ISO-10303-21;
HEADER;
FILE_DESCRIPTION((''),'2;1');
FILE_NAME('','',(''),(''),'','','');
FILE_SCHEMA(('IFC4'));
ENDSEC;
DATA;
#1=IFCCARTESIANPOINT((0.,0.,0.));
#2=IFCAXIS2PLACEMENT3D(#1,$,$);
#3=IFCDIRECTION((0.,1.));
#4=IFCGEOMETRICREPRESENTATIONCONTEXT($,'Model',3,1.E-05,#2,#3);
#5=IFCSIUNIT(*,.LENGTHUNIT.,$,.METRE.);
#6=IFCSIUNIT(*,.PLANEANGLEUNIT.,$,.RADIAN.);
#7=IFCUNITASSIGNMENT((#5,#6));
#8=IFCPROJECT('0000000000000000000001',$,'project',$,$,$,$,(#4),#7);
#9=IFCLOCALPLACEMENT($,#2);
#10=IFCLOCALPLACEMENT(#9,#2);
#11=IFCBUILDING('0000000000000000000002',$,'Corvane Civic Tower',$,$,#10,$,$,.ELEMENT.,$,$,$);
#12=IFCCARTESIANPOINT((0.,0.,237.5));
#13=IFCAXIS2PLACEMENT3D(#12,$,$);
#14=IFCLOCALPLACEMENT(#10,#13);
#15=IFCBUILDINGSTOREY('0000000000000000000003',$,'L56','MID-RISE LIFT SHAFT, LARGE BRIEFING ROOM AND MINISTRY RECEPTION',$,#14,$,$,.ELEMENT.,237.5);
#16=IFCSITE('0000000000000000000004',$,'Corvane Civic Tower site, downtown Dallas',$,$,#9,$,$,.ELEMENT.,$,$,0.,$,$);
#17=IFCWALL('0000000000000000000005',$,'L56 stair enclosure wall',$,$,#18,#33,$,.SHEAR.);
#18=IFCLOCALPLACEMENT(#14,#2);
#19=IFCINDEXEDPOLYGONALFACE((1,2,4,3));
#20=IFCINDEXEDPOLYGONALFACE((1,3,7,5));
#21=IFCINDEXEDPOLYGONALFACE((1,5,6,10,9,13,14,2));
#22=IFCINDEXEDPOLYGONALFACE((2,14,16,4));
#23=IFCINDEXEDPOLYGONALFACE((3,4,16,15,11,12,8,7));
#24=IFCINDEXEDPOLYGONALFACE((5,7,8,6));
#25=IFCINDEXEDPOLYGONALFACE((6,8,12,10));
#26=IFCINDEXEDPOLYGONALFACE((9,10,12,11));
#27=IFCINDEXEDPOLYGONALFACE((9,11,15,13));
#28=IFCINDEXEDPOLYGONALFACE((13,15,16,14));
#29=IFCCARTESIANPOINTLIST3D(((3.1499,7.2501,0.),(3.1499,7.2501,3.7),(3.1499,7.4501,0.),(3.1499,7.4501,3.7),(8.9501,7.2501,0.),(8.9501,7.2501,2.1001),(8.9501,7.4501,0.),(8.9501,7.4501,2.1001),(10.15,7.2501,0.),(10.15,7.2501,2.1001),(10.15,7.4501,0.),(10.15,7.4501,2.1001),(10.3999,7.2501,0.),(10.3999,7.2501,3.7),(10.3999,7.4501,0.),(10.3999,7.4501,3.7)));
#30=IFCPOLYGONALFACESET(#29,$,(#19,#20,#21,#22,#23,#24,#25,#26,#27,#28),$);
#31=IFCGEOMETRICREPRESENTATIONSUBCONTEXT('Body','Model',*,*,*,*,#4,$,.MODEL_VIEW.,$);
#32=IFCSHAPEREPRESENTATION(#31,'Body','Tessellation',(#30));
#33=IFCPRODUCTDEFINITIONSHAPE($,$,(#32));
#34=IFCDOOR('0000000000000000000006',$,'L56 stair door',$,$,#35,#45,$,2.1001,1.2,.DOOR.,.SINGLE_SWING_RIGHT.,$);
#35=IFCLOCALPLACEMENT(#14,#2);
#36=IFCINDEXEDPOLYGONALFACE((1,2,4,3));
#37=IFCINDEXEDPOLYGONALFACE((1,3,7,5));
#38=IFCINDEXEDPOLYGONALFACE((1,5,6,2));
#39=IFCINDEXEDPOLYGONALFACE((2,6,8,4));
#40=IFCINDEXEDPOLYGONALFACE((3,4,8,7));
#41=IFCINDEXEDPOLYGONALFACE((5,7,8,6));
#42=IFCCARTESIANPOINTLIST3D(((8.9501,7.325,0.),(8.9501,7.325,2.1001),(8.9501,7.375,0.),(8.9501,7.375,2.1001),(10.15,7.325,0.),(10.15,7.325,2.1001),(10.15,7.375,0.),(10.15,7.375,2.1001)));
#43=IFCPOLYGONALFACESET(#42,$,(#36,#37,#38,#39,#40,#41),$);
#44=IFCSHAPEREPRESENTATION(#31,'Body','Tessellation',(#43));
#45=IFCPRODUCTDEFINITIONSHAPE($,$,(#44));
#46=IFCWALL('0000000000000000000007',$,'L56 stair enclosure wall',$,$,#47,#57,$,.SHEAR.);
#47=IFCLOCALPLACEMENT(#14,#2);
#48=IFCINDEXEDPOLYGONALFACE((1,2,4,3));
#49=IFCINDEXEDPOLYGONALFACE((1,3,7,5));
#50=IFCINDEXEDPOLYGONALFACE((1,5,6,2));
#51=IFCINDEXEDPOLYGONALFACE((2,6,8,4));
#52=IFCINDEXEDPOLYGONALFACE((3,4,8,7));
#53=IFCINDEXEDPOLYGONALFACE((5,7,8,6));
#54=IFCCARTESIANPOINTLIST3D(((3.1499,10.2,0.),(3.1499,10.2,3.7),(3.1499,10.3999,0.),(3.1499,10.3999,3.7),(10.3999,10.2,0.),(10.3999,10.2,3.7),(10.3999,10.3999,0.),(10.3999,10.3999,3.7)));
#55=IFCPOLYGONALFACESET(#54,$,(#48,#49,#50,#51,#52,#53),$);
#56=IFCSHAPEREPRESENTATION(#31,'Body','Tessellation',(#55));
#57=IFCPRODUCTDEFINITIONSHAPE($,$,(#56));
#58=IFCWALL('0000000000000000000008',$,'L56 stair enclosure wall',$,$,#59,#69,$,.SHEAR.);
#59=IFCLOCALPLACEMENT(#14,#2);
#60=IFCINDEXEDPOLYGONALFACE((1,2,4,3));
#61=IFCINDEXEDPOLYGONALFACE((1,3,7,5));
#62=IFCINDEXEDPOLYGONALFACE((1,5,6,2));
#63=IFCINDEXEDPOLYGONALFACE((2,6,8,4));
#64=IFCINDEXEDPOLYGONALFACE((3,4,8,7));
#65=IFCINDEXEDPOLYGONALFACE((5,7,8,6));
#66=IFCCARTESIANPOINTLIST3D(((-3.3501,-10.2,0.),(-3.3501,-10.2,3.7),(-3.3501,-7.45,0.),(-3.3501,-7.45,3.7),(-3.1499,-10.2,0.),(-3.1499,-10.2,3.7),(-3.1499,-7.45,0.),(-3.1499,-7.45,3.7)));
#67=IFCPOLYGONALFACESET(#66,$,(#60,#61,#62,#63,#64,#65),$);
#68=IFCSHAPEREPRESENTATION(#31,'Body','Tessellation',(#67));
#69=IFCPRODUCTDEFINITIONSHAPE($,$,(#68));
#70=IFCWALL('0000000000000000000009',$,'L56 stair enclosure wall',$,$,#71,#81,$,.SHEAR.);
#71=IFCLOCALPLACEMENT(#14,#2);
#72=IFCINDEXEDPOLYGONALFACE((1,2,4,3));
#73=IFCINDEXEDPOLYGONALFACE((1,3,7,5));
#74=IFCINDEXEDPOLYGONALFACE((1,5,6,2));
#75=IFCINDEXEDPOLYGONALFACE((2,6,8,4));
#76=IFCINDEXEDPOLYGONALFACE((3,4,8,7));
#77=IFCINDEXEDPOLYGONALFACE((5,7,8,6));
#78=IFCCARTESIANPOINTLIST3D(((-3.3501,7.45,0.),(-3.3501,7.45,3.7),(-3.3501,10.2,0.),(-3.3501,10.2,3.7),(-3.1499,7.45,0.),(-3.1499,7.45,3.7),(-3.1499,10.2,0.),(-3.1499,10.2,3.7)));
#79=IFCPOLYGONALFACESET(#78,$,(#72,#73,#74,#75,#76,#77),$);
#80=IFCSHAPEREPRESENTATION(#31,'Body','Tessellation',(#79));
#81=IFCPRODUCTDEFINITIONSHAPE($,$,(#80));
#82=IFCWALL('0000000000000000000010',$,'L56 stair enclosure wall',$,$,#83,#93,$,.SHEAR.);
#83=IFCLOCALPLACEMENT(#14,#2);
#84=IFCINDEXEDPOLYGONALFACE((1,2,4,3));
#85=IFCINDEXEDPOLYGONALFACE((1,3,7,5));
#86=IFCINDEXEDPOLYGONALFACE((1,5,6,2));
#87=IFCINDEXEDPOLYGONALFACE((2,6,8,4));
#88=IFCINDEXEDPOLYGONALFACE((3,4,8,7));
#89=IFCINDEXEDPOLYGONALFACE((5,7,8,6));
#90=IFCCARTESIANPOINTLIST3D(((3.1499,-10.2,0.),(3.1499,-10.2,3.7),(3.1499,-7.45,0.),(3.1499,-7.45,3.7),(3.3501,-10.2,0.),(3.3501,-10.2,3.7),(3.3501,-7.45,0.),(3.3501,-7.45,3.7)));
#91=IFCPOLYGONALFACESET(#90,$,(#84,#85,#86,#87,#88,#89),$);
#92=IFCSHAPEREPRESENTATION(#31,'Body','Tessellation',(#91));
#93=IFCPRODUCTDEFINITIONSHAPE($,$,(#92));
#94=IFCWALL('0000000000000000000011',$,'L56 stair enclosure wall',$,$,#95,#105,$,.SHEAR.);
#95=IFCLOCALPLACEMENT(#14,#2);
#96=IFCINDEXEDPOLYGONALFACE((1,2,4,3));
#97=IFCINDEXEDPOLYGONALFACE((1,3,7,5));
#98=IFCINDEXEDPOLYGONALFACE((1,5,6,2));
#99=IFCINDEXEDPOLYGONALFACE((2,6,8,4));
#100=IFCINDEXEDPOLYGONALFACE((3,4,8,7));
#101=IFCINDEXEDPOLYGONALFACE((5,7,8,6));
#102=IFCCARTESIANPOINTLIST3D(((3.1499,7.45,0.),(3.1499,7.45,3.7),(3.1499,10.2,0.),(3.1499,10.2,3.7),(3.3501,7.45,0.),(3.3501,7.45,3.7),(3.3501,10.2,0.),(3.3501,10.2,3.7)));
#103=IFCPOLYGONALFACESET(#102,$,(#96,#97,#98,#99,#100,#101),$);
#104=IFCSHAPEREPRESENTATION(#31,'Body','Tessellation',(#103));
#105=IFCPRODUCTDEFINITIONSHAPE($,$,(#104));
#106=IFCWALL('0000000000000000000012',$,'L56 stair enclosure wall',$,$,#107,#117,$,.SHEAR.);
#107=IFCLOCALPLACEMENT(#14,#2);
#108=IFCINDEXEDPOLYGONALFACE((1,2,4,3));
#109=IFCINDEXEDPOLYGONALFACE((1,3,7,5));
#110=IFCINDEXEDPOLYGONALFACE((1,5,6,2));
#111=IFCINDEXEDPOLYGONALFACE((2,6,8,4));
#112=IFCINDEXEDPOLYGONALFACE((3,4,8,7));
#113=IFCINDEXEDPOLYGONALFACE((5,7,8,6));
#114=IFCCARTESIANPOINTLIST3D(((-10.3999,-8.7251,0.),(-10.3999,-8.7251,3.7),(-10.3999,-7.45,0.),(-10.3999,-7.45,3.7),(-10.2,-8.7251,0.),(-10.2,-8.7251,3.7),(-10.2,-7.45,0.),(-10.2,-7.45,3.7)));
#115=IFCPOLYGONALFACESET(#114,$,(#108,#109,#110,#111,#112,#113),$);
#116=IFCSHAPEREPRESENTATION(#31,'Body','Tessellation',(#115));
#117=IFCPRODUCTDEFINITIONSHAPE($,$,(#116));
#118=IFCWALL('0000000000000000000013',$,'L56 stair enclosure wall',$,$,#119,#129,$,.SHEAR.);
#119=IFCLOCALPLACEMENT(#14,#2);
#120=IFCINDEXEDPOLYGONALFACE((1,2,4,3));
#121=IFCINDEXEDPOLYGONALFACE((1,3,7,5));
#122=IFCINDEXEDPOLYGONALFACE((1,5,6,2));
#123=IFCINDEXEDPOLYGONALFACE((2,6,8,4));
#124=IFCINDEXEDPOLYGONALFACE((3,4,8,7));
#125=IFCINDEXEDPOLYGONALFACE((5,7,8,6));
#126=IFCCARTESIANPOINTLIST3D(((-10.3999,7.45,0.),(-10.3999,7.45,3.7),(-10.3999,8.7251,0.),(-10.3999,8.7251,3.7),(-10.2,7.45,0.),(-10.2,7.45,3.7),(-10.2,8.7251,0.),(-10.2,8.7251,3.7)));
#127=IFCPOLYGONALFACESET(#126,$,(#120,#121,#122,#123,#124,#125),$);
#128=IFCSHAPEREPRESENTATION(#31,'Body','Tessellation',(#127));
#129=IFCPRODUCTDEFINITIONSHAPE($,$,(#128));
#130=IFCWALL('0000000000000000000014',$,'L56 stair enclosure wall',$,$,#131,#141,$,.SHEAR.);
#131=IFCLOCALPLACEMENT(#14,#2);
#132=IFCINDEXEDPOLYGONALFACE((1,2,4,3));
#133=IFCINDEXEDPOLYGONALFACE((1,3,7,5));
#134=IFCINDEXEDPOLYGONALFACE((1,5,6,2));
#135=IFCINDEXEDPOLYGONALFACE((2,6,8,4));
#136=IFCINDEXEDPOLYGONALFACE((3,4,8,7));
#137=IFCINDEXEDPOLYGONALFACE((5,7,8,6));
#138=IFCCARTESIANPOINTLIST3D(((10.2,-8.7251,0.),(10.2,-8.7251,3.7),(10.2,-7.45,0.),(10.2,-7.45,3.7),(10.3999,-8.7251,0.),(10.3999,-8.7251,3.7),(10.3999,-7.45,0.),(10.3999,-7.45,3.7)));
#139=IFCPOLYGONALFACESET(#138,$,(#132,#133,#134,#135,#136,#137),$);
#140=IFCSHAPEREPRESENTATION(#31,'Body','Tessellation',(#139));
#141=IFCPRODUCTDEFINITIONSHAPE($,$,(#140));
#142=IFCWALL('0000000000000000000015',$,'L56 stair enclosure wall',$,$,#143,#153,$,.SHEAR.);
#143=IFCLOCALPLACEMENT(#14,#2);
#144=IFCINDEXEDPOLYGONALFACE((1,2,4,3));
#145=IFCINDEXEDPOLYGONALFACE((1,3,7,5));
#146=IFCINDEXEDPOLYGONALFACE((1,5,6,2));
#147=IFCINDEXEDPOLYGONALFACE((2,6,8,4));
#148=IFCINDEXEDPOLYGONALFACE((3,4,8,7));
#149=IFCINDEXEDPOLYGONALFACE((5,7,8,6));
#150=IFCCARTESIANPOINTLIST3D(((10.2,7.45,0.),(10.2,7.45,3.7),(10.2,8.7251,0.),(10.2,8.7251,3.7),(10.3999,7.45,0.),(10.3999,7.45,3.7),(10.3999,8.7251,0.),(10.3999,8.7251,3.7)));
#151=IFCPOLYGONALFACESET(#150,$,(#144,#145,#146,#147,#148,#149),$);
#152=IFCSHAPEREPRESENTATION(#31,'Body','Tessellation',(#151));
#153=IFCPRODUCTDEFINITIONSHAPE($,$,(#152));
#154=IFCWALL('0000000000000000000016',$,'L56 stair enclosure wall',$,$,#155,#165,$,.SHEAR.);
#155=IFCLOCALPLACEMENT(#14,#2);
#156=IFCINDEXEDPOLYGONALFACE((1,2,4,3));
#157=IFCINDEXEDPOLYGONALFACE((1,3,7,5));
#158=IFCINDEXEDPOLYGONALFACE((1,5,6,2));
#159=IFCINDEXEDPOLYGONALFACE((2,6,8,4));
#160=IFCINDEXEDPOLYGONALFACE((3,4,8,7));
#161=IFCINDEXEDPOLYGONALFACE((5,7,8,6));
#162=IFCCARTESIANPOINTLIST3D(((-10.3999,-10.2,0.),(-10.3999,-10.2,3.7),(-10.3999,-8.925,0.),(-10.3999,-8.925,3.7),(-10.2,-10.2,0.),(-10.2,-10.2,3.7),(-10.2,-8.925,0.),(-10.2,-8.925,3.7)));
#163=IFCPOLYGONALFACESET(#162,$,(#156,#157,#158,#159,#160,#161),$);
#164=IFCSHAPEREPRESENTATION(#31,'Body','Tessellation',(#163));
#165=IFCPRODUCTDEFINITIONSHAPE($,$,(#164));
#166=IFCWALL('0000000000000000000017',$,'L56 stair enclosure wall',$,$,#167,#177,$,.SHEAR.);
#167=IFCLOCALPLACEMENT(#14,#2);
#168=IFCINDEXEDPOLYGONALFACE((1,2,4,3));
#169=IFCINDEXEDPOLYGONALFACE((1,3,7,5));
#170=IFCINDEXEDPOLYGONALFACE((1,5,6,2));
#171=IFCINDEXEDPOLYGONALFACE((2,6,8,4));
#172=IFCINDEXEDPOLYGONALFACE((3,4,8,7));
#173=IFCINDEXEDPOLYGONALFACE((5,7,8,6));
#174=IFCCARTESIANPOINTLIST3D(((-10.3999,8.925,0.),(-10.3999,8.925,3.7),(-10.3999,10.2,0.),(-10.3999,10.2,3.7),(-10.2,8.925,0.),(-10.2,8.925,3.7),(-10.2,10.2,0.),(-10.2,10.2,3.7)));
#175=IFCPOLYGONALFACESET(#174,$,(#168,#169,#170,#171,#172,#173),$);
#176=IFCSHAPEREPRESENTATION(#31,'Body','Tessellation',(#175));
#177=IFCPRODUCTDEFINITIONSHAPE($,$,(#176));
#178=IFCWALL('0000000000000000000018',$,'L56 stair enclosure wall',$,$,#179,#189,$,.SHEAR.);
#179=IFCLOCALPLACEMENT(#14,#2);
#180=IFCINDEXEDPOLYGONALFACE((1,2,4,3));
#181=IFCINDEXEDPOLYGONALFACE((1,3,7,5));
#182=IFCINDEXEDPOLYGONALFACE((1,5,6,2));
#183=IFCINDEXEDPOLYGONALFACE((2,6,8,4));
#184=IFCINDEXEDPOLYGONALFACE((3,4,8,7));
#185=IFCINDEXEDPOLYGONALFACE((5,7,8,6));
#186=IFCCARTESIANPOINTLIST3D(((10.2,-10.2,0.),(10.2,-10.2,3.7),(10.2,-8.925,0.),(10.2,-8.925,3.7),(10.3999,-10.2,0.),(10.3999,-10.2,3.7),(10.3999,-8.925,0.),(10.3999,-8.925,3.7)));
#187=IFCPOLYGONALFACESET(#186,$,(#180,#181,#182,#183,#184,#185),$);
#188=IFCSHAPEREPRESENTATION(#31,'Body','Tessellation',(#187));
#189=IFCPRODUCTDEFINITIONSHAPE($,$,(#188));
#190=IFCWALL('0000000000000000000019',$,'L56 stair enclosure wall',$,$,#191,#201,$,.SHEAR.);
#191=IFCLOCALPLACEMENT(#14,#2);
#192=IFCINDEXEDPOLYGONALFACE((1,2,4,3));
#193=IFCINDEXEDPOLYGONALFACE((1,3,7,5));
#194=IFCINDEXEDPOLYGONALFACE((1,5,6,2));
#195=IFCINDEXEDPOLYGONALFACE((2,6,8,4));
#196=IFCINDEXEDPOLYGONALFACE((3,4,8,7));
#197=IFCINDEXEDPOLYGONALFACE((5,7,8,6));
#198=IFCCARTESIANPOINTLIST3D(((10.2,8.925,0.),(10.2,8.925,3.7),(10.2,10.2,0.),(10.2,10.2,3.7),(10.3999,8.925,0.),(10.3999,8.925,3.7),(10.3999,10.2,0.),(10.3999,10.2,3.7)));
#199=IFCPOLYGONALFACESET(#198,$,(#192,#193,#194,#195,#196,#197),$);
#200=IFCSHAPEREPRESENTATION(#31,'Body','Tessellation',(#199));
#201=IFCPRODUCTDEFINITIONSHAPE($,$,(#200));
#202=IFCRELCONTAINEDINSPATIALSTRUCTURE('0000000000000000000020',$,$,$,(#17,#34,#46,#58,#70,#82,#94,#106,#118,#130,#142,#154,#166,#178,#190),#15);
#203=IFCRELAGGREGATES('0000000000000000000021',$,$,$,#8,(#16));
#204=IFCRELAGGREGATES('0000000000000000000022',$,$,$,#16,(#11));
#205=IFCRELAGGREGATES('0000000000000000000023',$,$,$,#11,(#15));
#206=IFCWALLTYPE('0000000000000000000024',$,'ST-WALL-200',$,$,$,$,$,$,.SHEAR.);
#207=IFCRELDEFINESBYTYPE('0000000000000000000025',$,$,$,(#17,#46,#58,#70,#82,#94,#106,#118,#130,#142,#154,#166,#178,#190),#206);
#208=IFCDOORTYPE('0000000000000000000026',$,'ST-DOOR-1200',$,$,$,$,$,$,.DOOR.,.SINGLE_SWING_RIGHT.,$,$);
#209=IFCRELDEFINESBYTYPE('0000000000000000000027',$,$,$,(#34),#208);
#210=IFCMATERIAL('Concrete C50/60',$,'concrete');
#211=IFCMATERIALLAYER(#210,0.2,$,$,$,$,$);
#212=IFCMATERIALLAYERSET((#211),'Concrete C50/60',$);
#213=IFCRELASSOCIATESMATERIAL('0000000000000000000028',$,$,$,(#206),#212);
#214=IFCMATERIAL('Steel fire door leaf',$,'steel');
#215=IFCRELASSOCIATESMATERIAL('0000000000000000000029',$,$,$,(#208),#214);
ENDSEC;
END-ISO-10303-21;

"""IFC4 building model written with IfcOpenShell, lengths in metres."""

from ifc_helpers import new_model, si_unit, direction, frame, frame_2d, origin, place, context, subcontext, project, spatial, polyline, rectangle, outline, extrude, material, layer, layer_set, type_object, element, fill, save


model = new_model("IFC4")

# Units and contexts
model_context = context("Model", 3, precision=1e-05, world=origin(), true_north=direction((0.0, 1.0)))
body_context = subcontext(model_context, "Body", "Model", "MODEL_VIEW")
ifc_project = project(units=[si_unit("LENGTHUNIT", "METRE"), si_unit("PLANEANGLEUNIT", "RADIAN")], contexts=[model_context])

# Site, building, storey
site_placement = place(None, origin())
site = spatial("IfcSite", under=ifc_project, at=site_placement, Name="Corvane Civic Tower site, downtown Dallas", CompositionType="ELEMENT", RefElevation=0.0)
building_placement = place(site_placement, origin())
building = spatial("IfcBuilding", under=site, at=building_placement, Name="Corvane Civic Tower", CompositionType="ELEMENT")
storey_placement = place(building_placement, frame((0.0, 0.0, 237.5)))
storey = spatial("IfcBuildingStorey", under=building, at=storey_placement, Name="L56", Description="MID-RISE LIFT SHAFT, LARGE BRIEFING ROOM AND MINISTRY RECEPTION", CompositionType="ELEMENT", Elevation=237.5)

# Wall, opening, door
ifc_material_1 = material(Name="Concrete C50/60", Category="concrete")
ifc_layer = layer(ifc_material_1, 0.2)
ifc_layer_set = layer_set([ifc_layer], Name="Concrete C50/60")
wall_type = type_object("IfcWallType", Name="ST-WALL-200", PredefinedType="SHEAR", material=ifc_layer_set)
wall_1_placement = place(storey_placement, frame((3.1499, 7.3501, 0.0), z_axis=(0.0, 0.0, 1.0), x_axis=(1.0, 0.0, 0.0)))
wall_1 = element("IfcWall", 1, at=wall_1_placement, inside=storey, type_object=wall_type, Name="L56 stair enclosure wall", PredefinedType="SHEAR", context=body_context, shape_type="SweptSolid", body=[
    extrude(rectangle(XDim=7.25, YDim=0.2, at=frame_2d((3.625, 0.0))), origin(), (0.0, 0.0, 1.0), 3.7),
])
opening_placement = place(wall_1_placement, frame((5.8, 0.0, 0.0)))
opening = element("IfcOpeningElement", 2, at=opening_placement, cuts=wall_1, PredefinedType="OPENING", context=body_context, shape_type="SweptSolid", body=[
    extrude(rectangle(XDim=1.2, YDim=2.1001, at=frame_2d((0.6001, 1.05))), frame((0.0, 0.1099, 0.0), z_axis=(0.0, -1.0, 0.0), x_axis=(1.0, 0.0, 0.0)), (0.0, 0.0, 1.0), 0.22),
])
ifc_material_2 = material(Name="Steel fire door leaf", Category="steel")
door_type = type_object("IfcDoorType", Name="ST-DOOR-1200", OperationType="SINGLE_SWING_RIGHT", PredefinedType="DOOR", material=ifc_material_2)
door_placement = place(opening_placement, origin())
door = element("IfcDoor", 3, at=door_placement, inside=storey, type_object=door_type, Name="L56 stair door", OperationType="SINGLE_SWING_RIGHT", OverallHeight=2.1001, OverallWidth=1.2, PredefinedType="DOOR", context=body_context, shape_type="SweptSolid", body=[
    extrude(rectangle(XDim=1.2, YDim=2.1001, at=frame_2d((0.6001, 1.05))), frame((0.0, 0.0249, 0.0), z_axis=(0.0, -1.0, 0.0), x_axis=(1.0, 0.0, 0.0)), (0.0, 0.0, 1.0), 0.05),
])
fill(opening, door)

# Walls
wall_2_placement = place(storey_placement, origin())
element("IfcWall", 4, at=wall_2_placement, inside=storey, type_object=wall_type, Name="L56 stair enclosure wall", PredefinedType="SHEAR", context=body_context, shape_type="SweptSolid", body=[
    extrude(outline(polyline([(10.3999, 10.2), (3.1499, 10.2), (3.1499, 10.3999), (10.3999, 10.3999), (10.3999, 10.2)])), origin(), (0.0, 0.0, 1.0), 3.7),
])
wall_3_placement = place(storey_placement, origin())
element("IfcWall", 5, at=wall_3_placement, inside=storey, type_object=wall_type, Name="L56 stair enclosure wall", PredefinedType="SHEAR", context=body_context, shape_type="SweptSolid", body=[
    extrude(outline(polyline([(-3.1499, -7.45), (-3.1499, -10.2), (-3.3501, -10.2), (-3.3501, -7.45), (-3.1499, -7.45)])), origin(), (0.0, 0.0, 1.0), 3.7),
])
wall_4_placement = place(storey_placement, origin())
element("IfcWall", 6, at=wall_4_placement, inside=storey, type_object=wall_type, Name="L56 stair enclosure wall", PredefinedType="SHEAR", context=body_context, shape_type="SweptSolid", body=[
    extrude(outline(polyline([(-3.1499, 7.45), (-3.3501, 7.45), (-3.3501, 10.2), (-3.1499, 10.2), (-3.1499, 7.45)])), origin(), (0.0, 0.0, 1.0), 3.7),
])
wall_5_placement = place(storey_placement, origin())
element("IfcWall", 7, at=wall_5_placement, inside=storey, type_object=wall_type, Name="L56 stair enclosure wall", PredefinedType="SHEAR", context=body_context, shape_type="SweptSolid", body=[
    extrude(outline(polyline([(3.3501, -7.45), (3.3501, -10.2), (3.1499, -10.2), (3.1499, -7.45), (3.3501, -7.45)])), origin(), (0.0, 0.0, 1.0), 3.7),
])
wall_6_placement = place(storey_placement, origin())
element("IfcWall", 8, at=wall_6_placement, inside=storey, type_object=wall_type, Name="L56 stair enclosure wall", PredefinedType="SHEAR", context=body_context, shape_type="SweptSolid", body=[
    extrude(outline(polyline([(3.3501, 7.45), (3.1499, 7.45), (3.1499, 10.2), (3.3501, 10.2), (3.3501, 7.45)])), origin(), (0.0, 0.0, 1.0), 3.7),
])
wall_7_placement = place(storey_placement, origin())
element("IfcWall", 9, at=wall_7_placement, inside=storey, type_object=wall_type, Name="L56 stair enclosure wall", PredefinedType="SHEAR", context=body_context, shape_type="SweptSolid", body=[
    extrude(outline(polyline([(-10.2, -7.45), (-10.2, -8.7251), (-10.3999, -8.7251), (-10.3999, -7.45), (-10.2, -7.45)])), origin(), (0.0, 0.0, 1.0), 3.7),
])
wall_8_placement = place(storey_placement, origin())
element("IfcWall", 10, at=wall_8_placement, inside=storey, type_object=wall_type, Name="L56 stair enclosure wall", PredefinedType="SHEAR", context=body_context, shape_type="SweptSolid", body=[
    extrude(outline(polyline([(-10.2, 8.7251), (-10.2, 7.45), (-10.3999, 7.45), (-10.3999, 8.7251), (-10.2, 8.7251)])), origin(), (0.0, 0.0, 1.0), 3.7),
])
wall_9_placement = place(storey_placement, origin())
element("IfcWall", 11, at=wall_9_placement, inside=storey, type_object=wall_type, Name="L56 stair enclosure wall", PredefinedType="SHEAR", context=body_context, shape_type="SweptSolid", body=[
    extrude(outline(polyline([(10.3999, -7.45), (10.3999, -8.7251), (10.2, -8.7251), (10.2, -7.45), (10.3999, -7.45)])), origin(), (0.0, 0.0, 1.0), 3.7),
])
wall_10_placement = place(storey_placement, origin())
element("IfcWall", 12, at=wall_10_placement, inside=storey, type_object=wall_type, Name="L56 stair enclosure wall", PredefinedType="SHEAR", context=body_context, shape_type="SweptSolid", body=[
    extrude(outline(polyline([(10.3999, 8.7251), (10.3999, 7.45), (10.2, 7.45), (10.2, 8.7251), (10.3999, 8.7251)])), origin(), (0.0, 0.0, 1.0), 3.7),
])
wall_11_placement = place(storey_placement, origin())
element("IfcWall", 13, at=wall_11_placement, inside=storey, type_object=wall_type, Name="L56 stair enclosure wall", PredefinedType="SHEAR", context=body_context, shape_type="SweptSolid", body=[
    extrude(outline(polyline([(-10.2, -8.925), (-10.2, -10.2), (-10.3999, -10.2), (-10.3999, -8.925), (-10.2, -8.925)])), origin(), (0.0, 0.0, 1.0), 3.7),
])
wall_12_placement = place(storey_placement, origin())
element("IfcWall", 14, at=wall_12_placement, inside=storey, type_object=wall_type, Name="L56 stair enclosure wall", PredefinedType="SHEAR", context=body_context, shape_type="SweptSolid", body=[
    extrude(outline(polyline([(-10.2, 8.925), (-10.3999, 8.925), (-10.3999, 10.2), (-10.2, 10.2), (-10.2, 8.925)])), origin(), (0.0, 0.0, 1.0), 3.7),
])
wall_13_placement = place(storey_placement, origin())
element("IfcWall", 15, at=wall_13_placement, inside=storey, type_object=wall_type, Name="L56 stair enclosure wall", PredefinedType="SHEAR", context=body_context, shape_type="SweptSolid", body=[
    extrude(outline(polyline([(10.3999, -8.925), (10.3999, -10.2), (10.2, -10.2), (10.2, -8.925), (10.3999, -8.925)])), origin(), (0.0, 0.0, 1.0), 3.7),
])
wall_14_placement = place(storey_placement, origin())
element("IfcWall", 16, at=wall_14_placement, inside=storey, type_object=wall_type, Name="L56 stair enclosure wall", PredefinedType="SHEAR", context=body_context, shape_type="SweptSolid", body=[
    extrude(outline(polyline([(10.3999, 8.925), (10.2, 8.925), (10.2, 10.2), (10.3999, 10.2), (10.3999, 8.925)])), origin(), (0.0, 0.0, 1.0), 3.7),
])

save(model, "model.ifc")
